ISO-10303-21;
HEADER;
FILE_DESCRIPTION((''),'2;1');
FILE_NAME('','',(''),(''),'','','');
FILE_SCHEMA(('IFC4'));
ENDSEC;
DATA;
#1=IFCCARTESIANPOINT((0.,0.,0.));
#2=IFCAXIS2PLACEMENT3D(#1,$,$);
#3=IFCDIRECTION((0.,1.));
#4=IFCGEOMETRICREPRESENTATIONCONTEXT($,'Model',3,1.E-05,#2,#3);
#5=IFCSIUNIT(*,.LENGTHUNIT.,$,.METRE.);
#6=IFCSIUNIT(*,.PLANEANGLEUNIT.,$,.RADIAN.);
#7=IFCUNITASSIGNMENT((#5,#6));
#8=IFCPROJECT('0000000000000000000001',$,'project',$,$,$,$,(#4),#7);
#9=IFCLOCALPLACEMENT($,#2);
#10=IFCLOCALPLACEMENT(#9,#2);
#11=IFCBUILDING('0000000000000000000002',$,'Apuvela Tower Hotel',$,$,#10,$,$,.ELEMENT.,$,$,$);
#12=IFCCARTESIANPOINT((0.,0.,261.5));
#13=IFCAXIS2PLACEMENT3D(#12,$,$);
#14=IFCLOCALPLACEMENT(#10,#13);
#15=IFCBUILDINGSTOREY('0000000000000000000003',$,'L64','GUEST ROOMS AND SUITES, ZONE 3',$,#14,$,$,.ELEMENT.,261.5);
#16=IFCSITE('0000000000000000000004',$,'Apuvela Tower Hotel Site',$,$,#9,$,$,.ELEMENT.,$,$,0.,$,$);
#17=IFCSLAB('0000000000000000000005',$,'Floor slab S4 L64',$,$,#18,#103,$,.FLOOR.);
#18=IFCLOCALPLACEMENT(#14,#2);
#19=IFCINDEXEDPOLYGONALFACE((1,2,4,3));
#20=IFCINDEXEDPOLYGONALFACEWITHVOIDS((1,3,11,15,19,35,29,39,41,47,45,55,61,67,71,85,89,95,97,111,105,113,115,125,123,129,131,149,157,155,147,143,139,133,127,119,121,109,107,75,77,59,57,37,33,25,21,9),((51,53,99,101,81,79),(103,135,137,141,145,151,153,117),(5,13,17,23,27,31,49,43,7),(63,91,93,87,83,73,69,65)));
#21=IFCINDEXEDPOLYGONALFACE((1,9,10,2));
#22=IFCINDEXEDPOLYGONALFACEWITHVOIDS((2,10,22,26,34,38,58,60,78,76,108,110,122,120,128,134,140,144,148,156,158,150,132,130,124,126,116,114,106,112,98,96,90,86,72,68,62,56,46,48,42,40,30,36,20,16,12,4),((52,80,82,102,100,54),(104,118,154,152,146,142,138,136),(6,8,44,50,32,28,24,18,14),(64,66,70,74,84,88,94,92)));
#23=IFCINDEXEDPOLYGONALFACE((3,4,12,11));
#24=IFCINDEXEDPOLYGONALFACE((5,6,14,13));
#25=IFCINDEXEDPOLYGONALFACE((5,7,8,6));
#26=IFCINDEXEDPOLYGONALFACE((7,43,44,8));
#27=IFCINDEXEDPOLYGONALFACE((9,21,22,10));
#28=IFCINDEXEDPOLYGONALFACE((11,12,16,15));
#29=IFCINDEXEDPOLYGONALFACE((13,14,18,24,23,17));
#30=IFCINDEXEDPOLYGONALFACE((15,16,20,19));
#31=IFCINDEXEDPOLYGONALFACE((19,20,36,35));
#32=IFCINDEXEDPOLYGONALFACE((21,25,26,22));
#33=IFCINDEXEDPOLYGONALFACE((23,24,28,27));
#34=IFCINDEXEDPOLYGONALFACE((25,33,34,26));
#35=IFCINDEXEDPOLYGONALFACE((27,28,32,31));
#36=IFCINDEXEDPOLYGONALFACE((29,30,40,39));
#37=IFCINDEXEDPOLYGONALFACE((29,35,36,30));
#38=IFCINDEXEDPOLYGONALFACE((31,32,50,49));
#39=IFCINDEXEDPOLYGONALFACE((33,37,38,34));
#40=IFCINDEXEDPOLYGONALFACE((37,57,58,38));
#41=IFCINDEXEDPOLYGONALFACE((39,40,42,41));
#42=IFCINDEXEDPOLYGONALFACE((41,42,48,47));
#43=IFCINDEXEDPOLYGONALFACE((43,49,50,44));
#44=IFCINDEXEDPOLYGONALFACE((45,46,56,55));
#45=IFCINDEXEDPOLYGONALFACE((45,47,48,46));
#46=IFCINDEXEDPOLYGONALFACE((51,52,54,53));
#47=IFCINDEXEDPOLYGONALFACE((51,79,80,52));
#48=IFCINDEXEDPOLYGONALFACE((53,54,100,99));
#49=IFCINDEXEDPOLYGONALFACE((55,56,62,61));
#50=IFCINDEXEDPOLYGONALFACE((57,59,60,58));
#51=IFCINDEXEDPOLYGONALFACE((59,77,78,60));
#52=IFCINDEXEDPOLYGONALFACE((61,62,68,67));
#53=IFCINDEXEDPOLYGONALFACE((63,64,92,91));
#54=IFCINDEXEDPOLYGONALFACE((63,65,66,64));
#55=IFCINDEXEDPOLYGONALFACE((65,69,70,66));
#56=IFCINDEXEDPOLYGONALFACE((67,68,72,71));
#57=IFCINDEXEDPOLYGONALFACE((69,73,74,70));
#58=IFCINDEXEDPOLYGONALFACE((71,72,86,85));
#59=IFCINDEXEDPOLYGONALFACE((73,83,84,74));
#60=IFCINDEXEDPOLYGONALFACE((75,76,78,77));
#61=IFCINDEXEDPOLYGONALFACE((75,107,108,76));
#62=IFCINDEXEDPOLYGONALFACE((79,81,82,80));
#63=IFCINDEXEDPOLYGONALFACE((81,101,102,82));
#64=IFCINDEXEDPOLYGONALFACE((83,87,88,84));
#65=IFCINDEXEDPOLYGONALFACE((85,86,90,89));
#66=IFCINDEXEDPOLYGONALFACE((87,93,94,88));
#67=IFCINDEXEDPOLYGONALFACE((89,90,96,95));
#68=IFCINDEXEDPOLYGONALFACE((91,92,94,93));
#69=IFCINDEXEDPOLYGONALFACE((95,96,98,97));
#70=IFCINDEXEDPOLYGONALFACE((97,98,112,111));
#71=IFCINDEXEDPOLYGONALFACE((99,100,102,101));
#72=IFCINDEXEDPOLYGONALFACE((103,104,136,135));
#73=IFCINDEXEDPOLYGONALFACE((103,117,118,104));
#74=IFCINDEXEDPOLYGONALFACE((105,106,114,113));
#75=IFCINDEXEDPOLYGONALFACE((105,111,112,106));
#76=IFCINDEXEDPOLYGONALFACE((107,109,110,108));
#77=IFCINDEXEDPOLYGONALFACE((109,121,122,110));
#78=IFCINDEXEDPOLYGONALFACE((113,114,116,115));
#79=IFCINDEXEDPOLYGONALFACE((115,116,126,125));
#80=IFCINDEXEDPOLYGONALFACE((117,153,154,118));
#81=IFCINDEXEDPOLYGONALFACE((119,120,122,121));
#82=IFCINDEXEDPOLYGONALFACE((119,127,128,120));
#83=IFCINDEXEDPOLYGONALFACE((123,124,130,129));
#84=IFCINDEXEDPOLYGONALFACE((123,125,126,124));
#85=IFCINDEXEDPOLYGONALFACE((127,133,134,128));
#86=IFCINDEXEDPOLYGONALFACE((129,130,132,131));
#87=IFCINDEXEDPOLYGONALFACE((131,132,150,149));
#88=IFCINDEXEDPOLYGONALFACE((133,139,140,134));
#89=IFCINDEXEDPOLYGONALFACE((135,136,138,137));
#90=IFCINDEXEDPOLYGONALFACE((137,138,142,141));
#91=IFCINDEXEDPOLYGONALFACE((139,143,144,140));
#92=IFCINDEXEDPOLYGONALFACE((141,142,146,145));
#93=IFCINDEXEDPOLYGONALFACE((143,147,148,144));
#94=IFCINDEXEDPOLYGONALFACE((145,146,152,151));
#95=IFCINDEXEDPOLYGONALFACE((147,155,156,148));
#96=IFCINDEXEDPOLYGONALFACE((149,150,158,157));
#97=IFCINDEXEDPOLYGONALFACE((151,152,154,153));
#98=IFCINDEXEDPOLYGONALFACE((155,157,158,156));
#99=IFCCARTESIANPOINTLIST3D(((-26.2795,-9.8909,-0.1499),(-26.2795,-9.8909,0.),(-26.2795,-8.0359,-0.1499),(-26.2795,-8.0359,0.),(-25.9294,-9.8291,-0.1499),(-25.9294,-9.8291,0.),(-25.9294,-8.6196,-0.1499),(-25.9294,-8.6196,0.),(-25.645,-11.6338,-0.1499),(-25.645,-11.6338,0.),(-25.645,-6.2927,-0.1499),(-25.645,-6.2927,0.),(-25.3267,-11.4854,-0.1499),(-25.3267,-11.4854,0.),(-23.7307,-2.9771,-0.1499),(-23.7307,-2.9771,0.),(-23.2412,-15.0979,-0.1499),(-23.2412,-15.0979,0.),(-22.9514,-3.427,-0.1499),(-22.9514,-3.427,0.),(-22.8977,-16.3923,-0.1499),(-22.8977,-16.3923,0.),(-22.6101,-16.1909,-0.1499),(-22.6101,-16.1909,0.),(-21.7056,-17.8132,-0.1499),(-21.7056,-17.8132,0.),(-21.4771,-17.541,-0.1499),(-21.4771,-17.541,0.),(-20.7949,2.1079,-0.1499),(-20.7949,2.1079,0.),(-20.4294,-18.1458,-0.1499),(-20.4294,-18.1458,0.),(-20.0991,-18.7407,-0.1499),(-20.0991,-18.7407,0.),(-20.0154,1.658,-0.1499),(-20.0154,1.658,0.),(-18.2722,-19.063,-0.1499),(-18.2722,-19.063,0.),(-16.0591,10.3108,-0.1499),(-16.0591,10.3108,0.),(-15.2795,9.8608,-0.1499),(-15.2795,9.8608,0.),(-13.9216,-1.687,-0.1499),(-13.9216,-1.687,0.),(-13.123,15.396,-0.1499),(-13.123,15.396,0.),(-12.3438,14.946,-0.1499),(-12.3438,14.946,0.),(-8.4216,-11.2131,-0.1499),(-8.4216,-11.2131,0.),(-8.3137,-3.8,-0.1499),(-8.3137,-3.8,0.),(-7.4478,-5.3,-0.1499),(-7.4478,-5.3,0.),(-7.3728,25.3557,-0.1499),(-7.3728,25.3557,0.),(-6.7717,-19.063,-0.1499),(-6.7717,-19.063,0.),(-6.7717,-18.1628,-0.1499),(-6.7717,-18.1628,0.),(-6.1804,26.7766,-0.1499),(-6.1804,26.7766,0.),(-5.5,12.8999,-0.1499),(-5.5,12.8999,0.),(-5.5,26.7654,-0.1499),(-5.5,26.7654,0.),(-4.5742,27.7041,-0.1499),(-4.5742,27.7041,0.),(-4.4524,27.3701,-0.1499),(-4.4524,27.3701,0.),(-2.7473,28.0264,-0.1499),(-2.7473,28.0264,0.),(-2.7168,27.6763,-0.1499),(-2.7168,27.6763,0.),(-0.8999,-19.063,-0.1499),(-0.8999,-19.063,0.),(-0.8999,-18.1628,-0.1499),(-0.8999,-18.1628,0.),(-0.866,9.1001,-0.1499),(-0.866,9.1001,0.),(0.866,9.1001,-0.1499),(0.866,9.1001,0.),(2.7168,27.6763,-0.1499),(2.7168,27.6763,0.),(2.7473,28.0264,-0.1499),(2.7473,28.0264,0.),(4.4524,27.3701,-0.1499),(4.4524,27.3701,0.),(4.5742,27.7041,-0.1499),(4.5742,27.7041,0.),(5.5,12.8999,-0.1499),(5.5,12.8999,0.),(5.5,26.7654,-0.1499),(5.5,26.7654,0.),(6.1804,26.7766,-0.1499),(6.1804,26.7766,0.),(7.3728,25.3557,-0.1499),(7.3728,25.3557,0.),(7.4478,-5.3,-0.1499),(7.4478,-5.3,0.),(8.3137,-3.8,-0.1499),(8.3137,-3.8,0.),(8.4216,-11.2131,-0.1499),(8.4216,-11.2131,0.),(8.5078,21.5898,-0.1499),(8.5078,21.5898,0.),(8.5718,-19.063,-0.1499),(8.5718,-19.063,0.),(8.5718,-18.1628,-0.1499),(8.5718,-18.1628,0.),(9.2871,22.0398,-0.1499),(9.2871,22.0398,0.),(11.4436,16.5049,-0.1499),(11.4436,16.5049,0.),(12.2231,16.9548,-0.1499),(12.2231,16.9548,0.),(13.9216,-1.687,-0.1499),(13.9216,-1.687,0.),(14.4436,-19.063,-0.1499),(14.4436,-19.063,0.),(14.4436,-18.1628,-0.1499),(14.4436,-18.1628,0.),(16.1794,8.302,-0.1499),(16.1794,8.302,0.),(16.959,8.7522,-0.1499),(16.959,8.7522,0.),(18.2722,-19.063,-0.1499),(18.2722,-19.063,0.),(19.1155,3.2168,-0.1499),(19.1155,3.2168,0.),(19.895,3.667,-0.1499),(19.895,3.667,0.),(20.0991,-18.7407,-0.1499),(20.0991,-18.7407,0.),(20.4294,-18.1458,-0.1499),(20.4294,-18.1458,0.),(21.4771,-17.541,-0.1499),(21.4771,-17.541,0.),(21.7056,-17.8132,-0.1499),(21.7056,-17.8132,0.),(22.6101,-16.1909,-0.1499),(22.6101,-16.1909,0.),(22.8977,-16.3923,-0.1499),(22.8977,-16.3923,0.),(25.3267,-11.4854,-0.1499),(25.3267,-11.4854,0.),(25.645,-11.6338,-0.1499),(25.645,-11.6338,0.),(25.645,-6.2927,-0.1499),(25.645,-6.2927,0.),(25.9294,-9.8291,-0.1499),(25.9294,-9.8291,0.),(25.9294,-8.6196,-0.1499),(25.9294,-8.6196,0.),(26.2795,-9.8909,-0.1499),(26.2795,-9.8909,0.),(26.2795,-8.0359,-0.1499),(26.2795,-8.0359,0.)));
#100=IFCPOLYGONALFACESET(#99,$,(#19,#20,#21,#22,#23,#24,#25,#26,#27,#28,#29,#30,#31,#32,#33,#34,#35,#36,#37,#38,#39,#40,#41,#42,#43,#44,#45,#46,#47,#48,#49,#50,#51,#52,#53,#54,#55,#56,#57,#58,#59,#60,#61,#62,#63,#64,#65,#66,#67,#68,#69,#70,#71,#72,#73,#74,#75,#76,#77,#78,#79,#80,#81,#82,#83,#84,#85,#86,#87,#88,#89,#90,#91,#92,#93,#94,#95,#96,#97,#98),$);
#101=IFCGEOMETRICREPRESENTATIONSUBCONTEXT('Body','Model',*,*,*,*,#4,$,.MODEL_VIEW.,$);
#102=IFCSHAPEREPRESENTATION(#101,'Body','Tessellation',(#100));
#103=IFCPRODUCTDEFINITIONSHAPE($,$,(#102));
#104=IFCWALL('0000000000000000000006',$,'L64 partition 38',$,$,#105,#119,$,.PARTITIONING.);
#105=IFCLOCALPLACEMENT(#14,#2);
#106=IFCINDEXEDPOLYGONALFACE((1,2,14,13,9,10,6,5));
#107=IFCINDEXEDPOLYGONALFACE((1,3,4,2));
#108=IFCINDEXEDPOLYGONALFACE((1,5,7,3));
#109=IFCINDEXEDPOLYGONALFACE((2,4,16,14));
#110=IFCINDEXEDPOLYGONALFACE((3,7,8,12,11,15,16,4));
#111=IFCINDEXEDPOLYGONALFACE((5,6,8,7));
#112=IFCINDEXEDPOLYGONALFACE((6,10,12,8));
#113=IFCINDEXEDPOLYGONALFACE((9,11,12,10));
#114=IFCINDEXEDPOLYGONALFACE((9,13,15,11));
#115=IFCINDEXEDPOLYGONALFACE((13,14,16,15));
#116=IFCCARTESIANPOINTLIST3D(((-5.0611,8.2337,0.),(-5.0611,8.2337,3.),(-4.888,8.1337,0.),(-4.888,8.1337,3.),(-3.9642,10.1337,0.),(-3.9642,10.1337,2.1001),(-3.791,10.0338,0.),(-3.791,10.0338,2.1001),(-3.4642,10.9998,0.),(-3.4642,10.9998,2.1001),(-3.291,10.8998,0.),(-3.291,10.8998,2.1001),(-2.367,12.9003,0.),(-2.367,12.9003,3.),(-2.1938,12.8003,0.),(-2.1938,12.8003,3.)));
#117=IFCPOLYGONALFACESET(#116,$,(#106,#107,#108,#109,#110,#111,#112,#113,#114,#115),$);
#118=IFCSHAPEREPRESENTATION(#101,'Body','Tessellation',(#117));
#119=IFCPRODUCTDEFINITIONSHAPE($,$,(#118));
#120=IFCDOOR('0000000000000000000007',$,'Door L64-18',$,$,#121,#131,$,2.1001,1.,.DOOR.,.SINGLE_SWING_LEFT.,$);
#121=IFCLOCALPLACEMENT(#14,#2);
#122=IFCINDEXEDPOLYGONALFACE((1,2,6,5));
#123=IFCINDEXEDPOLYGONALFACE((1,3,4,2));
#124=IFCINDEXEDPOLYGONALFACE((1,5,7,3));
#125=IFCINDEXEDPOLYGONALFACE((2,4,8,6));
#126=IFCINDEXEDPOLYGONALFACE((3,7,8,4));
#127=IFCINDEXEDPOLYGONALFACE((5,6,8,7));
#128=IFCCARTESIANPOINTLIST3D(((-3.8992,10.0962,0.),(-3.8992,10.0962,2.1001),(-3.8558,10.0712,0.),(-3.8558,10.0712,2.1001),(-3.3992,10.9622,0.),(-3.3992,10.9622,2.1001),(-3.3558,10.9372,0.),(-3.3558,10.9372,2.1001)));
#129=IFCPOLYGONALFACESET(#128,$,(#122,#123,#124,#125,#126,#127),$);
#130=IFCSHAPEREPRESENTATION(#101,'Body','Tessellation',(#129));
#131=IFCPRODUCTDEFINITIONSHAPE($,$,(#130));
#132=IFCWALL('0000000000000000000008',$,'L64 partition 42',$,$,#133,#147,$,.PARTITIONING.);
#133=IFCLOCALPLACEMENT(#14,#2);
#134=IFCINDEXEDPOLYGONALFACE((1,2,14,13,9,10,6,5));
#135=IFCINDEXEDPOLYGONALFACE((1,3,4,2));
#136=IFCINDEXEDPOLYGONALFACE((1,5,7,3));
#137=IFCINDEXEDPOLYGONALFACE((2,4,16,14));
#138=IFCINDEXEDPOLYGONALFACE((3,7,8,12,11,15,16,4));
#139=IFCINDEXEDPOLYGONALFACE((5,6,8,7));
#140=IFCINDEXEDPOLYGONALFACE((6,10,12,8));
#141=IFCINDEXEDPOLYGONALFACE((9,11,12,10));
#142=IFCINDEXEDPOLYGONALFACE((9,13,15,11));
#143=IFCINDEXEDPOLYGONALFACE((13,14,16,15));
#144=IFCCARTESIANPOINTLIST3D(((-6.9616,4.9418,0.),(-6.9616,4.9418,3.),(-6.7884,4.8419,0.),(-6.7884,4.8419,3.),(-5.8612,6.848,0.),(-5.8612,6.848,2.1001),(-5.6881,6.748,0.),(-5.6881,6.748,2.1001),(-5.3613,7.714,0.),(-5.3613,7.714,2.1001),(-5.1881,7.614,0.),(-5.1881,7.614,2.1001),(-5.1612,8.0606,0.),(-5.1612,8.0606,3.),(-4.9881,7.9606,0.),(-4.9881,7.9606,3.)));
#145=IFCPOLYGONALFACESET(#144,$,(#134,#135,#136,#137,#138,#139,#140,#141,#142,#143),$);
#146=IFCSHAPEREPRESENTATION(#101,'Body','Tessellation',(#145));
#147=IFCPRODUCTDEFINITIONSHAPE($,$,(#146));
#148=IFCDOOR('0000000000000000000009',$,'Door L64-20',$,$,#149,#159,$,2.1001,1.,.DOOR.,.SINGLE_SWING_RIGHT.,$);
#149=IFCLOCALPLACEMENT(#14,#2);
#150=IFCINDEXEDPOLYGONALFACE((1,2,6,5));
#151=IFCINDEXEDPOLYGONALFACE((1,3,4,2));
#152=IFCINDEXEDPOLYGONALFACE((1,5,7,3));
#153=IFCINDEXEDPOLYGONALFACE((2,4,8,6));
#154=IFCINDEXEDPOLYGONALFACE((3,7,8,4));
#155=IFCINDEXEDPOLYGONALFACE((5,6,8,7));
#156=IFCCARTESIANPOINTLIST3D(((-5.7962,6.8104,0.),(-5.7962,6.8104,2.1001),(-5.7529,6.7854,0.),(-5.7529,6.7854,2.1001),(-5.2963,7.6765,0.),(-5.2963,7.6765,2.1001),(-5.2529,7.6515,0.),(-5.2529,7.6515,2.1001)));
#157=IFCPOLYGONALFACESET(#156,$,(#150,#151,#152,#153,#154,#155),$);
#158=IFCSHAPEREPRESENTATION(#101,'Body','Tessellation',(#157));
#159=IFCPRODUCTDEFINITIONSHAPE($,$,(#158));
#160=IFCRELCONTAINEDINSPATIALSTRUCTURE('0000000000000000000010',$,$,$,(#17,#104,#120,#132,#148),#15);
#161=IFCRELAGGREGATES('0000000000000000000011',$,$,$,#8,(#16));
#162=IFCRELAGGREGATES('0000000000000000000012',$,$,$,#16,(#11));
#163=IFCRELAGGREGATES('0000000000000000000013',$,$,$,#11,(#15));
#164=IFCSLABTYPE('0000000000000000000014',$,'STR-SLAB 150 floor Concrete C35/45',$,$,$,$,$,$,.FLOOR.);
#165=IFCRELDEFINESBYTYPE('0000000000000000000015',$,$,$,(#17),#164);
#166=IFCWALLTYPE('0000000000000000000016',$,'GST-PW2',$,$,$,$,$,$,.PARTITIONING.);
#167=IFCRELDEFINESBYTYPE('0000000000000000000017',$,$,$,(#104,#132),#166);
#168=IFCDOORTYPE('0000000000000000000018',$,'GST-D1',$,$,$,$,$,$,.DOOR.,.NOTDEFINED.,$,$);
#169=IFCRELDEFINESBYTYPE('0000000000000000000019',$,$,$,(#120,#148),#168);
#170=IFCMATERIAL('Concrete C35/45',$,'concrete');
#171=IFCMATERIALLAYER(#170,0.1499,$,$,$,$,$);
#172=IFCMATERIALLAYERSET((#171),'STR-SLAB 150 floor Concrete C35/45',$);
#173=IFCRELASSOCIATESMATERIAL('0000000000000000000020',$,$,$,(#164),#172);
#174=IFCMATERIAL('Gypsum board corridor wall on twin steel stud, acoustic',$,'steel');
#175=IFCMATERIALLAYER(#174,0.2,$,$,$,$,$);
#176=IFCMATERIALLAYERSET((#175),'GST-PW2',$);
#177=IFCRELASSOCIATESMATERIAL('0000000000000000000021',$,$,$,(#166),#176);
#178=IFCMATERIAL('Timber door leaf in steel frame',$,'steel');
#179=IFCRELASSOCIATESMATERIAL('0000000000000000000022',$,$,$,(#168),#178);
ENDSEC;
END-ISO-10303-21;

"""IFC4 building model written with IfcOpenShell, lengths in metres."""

from ifc_helpers import new_model, si_unit, direction, frame, frame_2d, origin, place, context, subcontext, project, spatial, polyline, rectangle, outline, extrude, material, layer, layer_set, type_object, element, fill, save


model = new_model("IFC4")

# Units and contexts
model_context = context("Model", 3, precision=1e-05, world=origin(), true_north=direction((0.0, 1.0)))
body_context = subcontext(model_context, "Body", "Model", "MODEL_VIEW")
ifc_project = project(units=[si_unit("LENGTHUNIT", "METRE"), si_unit("PLANEANGLEUNIT", "RADIAN")], contexts=[model_context])

# Site, building, storey
site_placement = place(None, origin())
site = spatial("IfcSite", under=ifc_project, at=site_placement, Name="Apuvela Tower Hotel Site", CompositionType="ELEMENT", RefElevation=0.0)
building_placement = place(site_placement, origin())
building = spatial("IfcBuilding", under=site, at=building_placement, Name="Apuvela Tower Hotel", CompositionType="ELEMENT")
storey_placement = place(building_placement, frame((0.0, 0.0, 261.5)))
storey = spatial("IfcBuildingStorey", under=building, at=storey_placement, Name="L64", Description="GUEST ROOMS AND SUITES, ZONE 3", CompositionType="ELEMENT", Elevation=261.5)

# Slab
ifc_material_1 = material(Name="Concrete C35/45", Category="concrete")
ifc_layer_1 = layer(ifc_material_1, 0.1499)
ifc_layer_set_1 = layer_set([ifc_layer_1], Name="STR-SLAB 150 floor Concrete C35/45")
slab_type_1 = type_object("IfcSlabType", Name="STR-SLAB 150 floor Concrete C35/45", PredefinedType="FLOOR", material=ifc_layer_set_1)
slab_1_placement = place(storey_placement, frame((0.0, 0.0, -0.1499)))
element("IfcSlab", 1, at=slab_1_placement, inside=storey, type_object=slab_type_1, Name="Floor slab S4 L64", PredefinedType="FLOOR", context=body_context, shape_type="SweptSolid", body=[
    extrude(outline(polyline([(-6.1804, 26.7766), (-4.5742, 27.7041), (-2.7473, 28.0264), (2.7473, 28.0264), (4.5742, 27.7041), (6.1804, 26.7766), (7.3728, 25.3557), (9.2871, 22.0398), (8.5078, 21.5898), (11.4436, 16.5049), (12.2231, 16.9548), (16.959, 8.7522), (16.1794, 8.302), (19.1155, 3.2168), (19.895, 3.667), (25.645, -6.2927), (26.2795, -8.0359), (26.2795, -9.8909), (25.645, -11.6338), (22.8977, -16.3923), (21.7056, -17.8132), (20.0991, -18.7407), (18.2722, -19.063), (14.4436, -19.063), (14.4436, -18.1628), (8.5718, -18.1628), (8.5718, -19.063), (-0.8999, -19.063), (-0.8999, -18.1628), (-6.7717, -18.1628), (-6.7717, -19.063), (-18.2722, -19.063), (-20.0991, -18.7407), (-21.7056, -17.8132), (-22.8977, -16.3923), (-25.645, -11.6338), (-26.2795, -9.8909), (-26.2795, -8.0359), (-25.645, -6.2927), (-23.7307, -2.9771), (-22.9514, -3.427), (-20.0154, 1.658), (-20.7949, 2.1079), (-16.0591, 10.3108), (-15.2795, 9.8608), (-12.3438, 14.946), (-13.123, 15.396), (-7.3728, 25.3557), (-6.1804, 26.7766)]), holes=[polyline([(0.866, 9.1001), (-0.866, 9.1001), (-8.3137, -3.8), (-7.4478, -5.3), (7.4478, -5.3), (8.3137, -3.8), (0.866, 9.1001)]), polyline([(-5.5, 12.8999), (-5.5, 26.7654), (-4.4524, 27.3701), (-2.7168, 27.6763), (2.7168, 27.6763), (4.4524, 27.3701), (5.5, 26.7654), (5.5, 12.8999), (-5.5, 12.8999)]), polyline([(-8.4216, -11.2131), (-20.4294, -18.1458), (-21.4771, -17.541), (-22.6101, -16.1909), (-23.2412, -15.0979), (-25.3267, -11.4854), (-25.9294, -9.8291), (-25.9294, -8.6196), (-13.9216, -1.687), (-8.4216, -11.2131)]), polyline([(13.9216, -1.687), (25.9294, -8.6196), (25.9294, -9.8291), (25.3267, -11.4854), (22.6101, -16.1909), (21.4771, -17.541), (20.4294, -18.1458), (8.4216, -11.2131), (13.9216, -1.687)])]), origin(), (0.0, 0.0, 1.0), 0.1499),
])

# Walls, openings, doors
ifc_material_2 = material(Name="Gypsum board corridor wall on twin steel stud, acoustic", Category="steel")
ifc_layer_2 = layer(ifc_material_2, 0.2)
ifc_layer_set_2 = layer_set([ifc_layer_2], Name="GST-PW2")
wall_type_1 = type_object("IfcWallType", Name="GST-PW2", PredefinedType="PARTITIONING", material=ifc_layer_set_2)
wall_1_placement = place(storey_placement, frame((-4.9746, 8.1836, 0.0), z_axis=(0.0, 0.0, 1.0), x_axis=(0.499984, 0.866035, 0.0)))
wall_1 = element("IfcWall", 2, at=wall_1_placement, inside=storey, type_object=wall_type_1, Name="L64 partition 38", PredefinedType="PARTITIONING", context=body_context, shape_type="SweptSolid", body=[
    extrude(rectangle(XDim=5.3884, YDim=0.2, at=frame_2d((2.6943, 0.0))), origin(), (0.0, 0.0, 1.0), 3.0),
])
opening_1_placement = place(wall_1_placement, frame((2.1941, 0.0, 0.0)))
opening_1 = element("IfcOpeningElement", 3, at=opening_1_placement, cuts=wall_1, PredefinedType="OPENING", context=body_context, shape_type="SweptSolid", body=[
    extrude(rectangle(XDim=1.0, YDim=2.1001, at=frame_2d((0.5, 1.05))), frame((0.0, 0.1099, 0.0), z_axis=(0.0, -1.0, 0.0), x_axis=(1.0, 0.0, 0.0)), (0.0, 0.0, 1.0), 0.22),
])
ifc_material_3 = material(Name="Timber door leaf in steel frame", Category="steel")
door_type_1 = type_object("IfcDoorType", Name="GST-D1", OperationType="NOTDEFINED", PredefinedType="DOOR", material=ifc_material_3)
door_1_placement = place(opening_1_placement, origin())
door_1 = element("IfcDoor", 4, at=door_1_placement, inside=storey, type_object=door_type_1, Name="Door L64-18", OperationType="SINGLE_SWING_LEFT", OverallHeight=2.1001, OverallWidth=1.0, PredefinedType="DOOR", context=body_context, shape_type="SweptSolid", body=[
    extrude(rectangle(XDim=1.0, YDim=2.1001, at=frame_2d((0.5, 1.05))), frame((0.0, 0.0249, 0.0), z_axis=(0.0, -1.0, 0.0), x_axis=(1.0, 0.0, 0.0)), (0.0, 0.0, 1.0), 0.05),
])
fill(opening_1, door_1)
wall_2_placement = place(storey_placement, frame((-6.875, 4.8918, 0.0), z_axis=(0.0, 0.0, 1.0), x_axis=(0.499945, 0.866057, 0.0)))
wall_2 = element("IfcWall", 5, at=wall_2_placement, inside=storey, type_object=wall_type_1, Name="L64 partition 42", PredefinedType="PARTITIONING", context=body_context, shape_type="SweptSolid", body=[
    extrude(rectangle(XDim=3.6011, YDim=0.2, at=frame_2d((1.8005, 0.0))), origin(), (0.0, 0.0, 1.0), 3.0),
])
opening_2_placement = place(wall_2_placement, frame((2.2009, 0.0, 0.0)))
opening_2 = element("IfcOpeningElement", 6, at=opening_2_placement, cuts=wall_2, PredefinedType="OPENING", context=body_context, shape_type="SweptSolid", body=[
    extrude(rectangle(XDim=1.0, YDim=2.1001, at=frame_2d((0.5, 1.05))), frame((0.0, 0.1099, 0.0), z_axis=(0.0, -1.0, 0.0), x_axis=(1.0, 0.0, 0.0)), (0.0, 0.0, 1.0), 0.22),
])
door_2_placement = place(opening_2_placement, origin())
door_2 = element("IfcDoor", 7, at=door_2_placement, inside=storey, type_object=door_type_1, Name="Door L64-20", OperationType="SINGLE_SWING_RIGHT", OverallHeight=2.1001, OverallWidth=1.0, PredefinedType="DOOR", context=body_context, shape_type="SweptSolid", body=[
    extrude(rectangle(XDim=1.0, YDim=2.1001, at=frame_2d((0.5, 1.05))), frame((0.0, 0.0249, 0.0), z_axis=(0.0, -1.0, 0.0), x_axis=(1.0, 0.0, 0.0)), (0.0, 0.0, 1.0), 0.05),
])
fill(opening_2, door_2)

save(model, "model.ifc")
